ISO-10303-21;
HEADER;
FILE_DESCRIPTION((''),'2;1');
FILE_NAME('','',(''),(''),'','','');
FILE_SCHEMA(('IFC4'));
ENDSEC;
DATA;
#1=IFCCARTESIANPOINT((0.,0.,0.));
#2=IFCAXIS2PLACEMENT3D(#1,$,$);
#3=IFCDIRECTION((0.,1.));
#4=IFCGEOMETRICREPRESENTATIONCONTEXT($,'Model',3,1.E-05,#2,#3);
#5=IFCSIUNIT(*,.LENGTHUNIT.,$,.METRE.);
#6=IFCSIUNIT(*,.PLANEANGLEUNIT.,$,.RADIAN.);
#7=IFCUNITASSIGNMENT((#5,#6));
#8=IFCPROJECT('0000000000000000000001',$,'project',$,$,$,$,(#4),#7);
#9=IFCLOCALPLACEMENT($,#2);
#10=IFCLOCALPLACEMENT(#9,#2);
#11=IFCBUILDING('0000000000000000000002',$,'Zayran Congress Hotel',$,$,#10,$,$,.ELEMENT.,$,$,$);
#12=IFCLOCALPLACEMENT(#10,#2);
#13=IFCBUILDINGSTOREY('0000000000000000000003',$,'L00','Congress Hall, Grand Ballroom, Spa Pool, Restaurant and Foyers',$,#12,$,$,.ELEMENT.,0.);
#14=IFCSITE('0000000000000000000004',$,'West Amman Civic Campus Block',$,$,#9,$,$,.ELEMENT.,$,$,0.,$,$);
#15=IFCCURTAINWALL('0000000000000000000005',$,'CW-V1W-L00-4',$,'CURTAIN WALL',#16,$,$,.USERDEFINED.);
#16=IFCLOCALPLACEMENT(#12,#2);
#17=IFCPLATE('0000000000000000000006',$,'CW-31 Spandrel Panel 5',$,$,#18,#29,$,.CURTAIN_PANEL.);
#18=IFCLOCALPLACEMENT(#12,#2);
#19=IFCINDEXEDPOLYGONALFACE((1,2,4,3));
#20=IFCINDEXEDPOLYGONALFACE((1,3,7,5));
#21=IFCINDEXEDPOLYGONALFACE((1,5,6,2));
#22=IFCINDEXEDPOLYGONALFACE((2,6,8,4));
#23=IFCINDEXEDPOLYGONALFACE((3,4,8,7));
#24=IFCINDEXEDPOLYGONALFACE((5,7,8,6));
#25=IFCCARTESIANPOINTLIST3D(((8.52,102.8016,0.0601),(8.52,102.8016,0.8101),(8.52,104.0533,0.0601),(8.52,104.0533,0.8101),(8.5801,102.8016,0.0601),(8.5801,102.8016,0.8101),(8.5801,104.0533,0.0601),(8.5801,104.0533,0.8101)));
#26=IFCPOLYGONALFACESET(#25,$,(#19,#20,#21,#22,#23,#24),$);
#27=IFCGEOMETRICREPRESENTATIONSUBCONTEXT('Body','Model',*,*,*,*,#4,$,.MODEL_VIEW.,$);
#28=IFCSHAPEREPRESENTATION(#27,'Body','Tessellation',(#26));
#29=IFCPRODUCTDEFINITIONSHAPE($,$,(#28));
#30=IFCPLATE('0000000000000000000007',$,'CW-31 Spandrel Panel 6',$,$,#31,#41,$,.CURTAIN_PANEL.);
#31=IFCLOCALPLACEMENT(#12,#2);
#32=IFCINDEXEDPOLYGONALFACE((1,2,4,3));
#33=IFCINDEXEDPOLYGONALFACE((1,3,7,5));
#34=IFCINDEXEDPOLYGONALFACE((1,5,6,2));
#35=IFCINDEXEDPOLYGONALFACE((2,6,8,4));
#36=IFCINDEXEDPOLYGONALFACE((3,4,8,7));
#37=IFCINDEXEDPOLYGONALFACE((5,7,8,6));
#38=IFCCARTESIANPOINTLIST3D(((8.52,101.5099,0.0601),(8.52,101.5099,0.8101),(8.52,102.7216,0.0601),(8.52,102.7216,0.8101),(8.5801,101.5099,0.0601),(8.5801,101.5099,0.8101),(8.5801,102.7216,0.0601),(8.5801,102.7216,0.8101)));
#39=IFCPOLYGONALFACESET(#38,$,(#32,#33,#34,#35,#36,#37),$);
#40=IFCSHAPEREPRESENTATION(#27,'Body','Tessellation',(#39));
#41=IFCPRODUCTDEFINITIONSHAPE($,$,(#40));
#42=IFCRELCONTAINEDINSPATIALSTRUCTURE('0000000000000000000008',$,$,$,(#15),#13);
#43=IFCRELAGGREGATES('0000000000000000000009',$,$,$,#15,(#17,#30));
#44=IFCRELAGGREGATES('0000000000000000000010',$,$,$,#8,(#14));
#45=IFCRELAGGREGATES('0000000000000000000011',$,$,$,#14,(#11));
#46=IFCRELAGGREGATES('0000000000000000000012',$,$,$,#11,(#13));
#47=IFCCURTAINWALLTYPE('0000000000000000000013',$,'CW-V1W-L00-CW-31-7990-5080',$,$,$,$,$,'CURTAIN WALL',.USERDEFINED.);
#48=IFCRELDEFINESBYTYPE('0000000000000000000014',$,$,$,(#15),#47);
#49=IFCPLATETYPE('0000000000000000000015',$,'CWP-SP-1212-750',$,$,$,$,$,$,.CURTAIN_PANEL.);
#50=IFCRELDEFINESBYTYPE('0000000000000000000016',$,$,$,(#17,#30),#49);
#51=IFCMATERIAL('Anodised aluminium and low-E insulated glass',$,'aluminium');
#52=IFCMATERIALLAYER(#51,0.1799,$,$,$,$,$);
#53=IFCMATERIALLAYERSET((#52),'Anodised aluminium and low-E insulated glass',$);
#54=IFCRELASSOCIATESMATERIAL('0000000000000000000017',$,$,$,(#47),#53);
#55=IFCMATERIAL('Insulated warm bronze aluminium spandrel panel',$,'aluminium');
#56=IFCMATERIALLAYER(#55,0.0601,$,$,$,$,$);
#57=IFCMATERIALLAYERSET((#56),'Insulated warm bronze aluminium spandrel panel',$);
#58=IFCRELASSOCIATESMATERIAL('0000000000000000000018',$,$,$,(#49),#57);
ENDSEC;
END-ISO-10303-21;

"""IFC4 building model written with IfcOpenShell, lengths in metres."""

from ifc_helpers import new_model, si_unit, direction, frame, origin, origin_2d, place, context, subcontext, project, spatial, rectangle, extrude, material, layer, layer_set, type_object, element, aggregate, save


model = new_model("IFC4")

# Units and contexts
model_context = context("Model", 3, precision=1e-05, world=origin(), true_north=direction((0.0, 1.0)))
body_context = subcontext(model_context, "Body", "Model", "MODEL_VIEW")
ifc_project = project(units=[si_unit("LENGTHUNIT", "METRE"), si_unit("PLANEANGLEUNIT", "RADIAN")], contexts=[model_context])

# Site, building, storey
site_placement = place(None, origin())
site = spatial("IfcSite", under=ifc_project, at=site_placement, Name="West Amman Civic Campus Block", CompositionType="ELEMENT", RefElevation=0.0)
building_placement = place(site_placement, origin())
building = spatial("IfcBuilding", under=site, at=building_placement, Name="Zayran Congress Hotel", CompositionType="ELEMENT")
storey_placement = place(building_placement, origin())
storey = spatial("IfcBuildingStorey", under=building, at=storey_placement, Name="L00", Description="Congress Hall, Grand Ballroom, Spa Pool, Restaurant and Foyers", CompositionType="ELEMENT", Elevation=0.0)

# Curtain wall
ifc_material_1 = material(Name="Anodised aluminium and low-E insulated glass", Category="aluminium")
ifc_layer_1 = layer(ifc_material_1, 0.1799)
ifc_layer_set_1 = layer_set([ifc_layer_1], Name="Anodised aluminium and low-E insulated glass")
curtain_wall_type_1 = type_object("IfcCurtainWallType", Name="CW-V1W-L00-CW-31-7990-5080", ElementType="CURTAIN WALL", PredefinedType="USERDEFINED", material=ifc_layer_set_1)
curtain_wall_1_placement = place(storey_placement, origin())
curtain_wall_1 = element("IfcCurtainWall", 1, at=curtain_wall_1_placement, inside=storey, type_object=curtain_wall_type_1, Name="CW-V1W-L00-4", ObjectType="CURTAIN WALL", PredefinedType="USERDEFINED")

# Plates
ifc_material_2 = material(Name="Insulated warm bronze aluminium spandrel panel", Category="aluminium")
ifc_layer_2 = layer(ifc_material_2, 0.0601)
ifc_layer_set_2 = layer_set([ifc_layer_2], Name="Insulated warm bronze aluminium spandrel panel")
plate_type_1 = type_object("IfcPlateType", Name="CWP-SP-1212-750", PredefinedType="CURTAIN_PANEL", material=ifc_layer_set_2)
plate_1_placement = place(storey_placement, frame((8.55, 103.4275, 0.0601), z_axis=(0.0, 0.0, 1.0), x_axis=(0.0, 1.0, 0.0)))
plate_1 = element("IfcPlate", 2, at=plate_1_placement, type_object=plate_type_1, Name="CW-31 Spandrel Panel 5", PredefinedType="CURTAIN_PANEL", context=body_context, shape_type="SweptSolid", body=[
    extrude(rectangle(XDim=1.2517, YDim=0.0601, at=origin_2d()), origin(), (0.0, 0.0, 1.0), 0.75),
])
plate_2_placement = place(storey_placement, frame((8.55, 102.1157, 0.0601), z_axis=(0.0, 0.0, 1.0), x_axis=(0.0, 1.0, 0.0)))
plate_2 = element("IfcPlate", 3, at=plate_2_placement, type_object=plate_type_1, Name="CW-31 Spandrel Panel 6", PredefinedType="CURTAIN_PANEL", context=body_context, shape_type="SweptSolid", body=[
    extrude(rectangle(XDim=1.2117, YDim=0.0601, at=origin_2d()), origin(), (0.0, 0.0, 1.0), 0.75),
])
aggregate(curtain_wall_1, [plate_1, plate_2])

save(model, "model.ifc")
